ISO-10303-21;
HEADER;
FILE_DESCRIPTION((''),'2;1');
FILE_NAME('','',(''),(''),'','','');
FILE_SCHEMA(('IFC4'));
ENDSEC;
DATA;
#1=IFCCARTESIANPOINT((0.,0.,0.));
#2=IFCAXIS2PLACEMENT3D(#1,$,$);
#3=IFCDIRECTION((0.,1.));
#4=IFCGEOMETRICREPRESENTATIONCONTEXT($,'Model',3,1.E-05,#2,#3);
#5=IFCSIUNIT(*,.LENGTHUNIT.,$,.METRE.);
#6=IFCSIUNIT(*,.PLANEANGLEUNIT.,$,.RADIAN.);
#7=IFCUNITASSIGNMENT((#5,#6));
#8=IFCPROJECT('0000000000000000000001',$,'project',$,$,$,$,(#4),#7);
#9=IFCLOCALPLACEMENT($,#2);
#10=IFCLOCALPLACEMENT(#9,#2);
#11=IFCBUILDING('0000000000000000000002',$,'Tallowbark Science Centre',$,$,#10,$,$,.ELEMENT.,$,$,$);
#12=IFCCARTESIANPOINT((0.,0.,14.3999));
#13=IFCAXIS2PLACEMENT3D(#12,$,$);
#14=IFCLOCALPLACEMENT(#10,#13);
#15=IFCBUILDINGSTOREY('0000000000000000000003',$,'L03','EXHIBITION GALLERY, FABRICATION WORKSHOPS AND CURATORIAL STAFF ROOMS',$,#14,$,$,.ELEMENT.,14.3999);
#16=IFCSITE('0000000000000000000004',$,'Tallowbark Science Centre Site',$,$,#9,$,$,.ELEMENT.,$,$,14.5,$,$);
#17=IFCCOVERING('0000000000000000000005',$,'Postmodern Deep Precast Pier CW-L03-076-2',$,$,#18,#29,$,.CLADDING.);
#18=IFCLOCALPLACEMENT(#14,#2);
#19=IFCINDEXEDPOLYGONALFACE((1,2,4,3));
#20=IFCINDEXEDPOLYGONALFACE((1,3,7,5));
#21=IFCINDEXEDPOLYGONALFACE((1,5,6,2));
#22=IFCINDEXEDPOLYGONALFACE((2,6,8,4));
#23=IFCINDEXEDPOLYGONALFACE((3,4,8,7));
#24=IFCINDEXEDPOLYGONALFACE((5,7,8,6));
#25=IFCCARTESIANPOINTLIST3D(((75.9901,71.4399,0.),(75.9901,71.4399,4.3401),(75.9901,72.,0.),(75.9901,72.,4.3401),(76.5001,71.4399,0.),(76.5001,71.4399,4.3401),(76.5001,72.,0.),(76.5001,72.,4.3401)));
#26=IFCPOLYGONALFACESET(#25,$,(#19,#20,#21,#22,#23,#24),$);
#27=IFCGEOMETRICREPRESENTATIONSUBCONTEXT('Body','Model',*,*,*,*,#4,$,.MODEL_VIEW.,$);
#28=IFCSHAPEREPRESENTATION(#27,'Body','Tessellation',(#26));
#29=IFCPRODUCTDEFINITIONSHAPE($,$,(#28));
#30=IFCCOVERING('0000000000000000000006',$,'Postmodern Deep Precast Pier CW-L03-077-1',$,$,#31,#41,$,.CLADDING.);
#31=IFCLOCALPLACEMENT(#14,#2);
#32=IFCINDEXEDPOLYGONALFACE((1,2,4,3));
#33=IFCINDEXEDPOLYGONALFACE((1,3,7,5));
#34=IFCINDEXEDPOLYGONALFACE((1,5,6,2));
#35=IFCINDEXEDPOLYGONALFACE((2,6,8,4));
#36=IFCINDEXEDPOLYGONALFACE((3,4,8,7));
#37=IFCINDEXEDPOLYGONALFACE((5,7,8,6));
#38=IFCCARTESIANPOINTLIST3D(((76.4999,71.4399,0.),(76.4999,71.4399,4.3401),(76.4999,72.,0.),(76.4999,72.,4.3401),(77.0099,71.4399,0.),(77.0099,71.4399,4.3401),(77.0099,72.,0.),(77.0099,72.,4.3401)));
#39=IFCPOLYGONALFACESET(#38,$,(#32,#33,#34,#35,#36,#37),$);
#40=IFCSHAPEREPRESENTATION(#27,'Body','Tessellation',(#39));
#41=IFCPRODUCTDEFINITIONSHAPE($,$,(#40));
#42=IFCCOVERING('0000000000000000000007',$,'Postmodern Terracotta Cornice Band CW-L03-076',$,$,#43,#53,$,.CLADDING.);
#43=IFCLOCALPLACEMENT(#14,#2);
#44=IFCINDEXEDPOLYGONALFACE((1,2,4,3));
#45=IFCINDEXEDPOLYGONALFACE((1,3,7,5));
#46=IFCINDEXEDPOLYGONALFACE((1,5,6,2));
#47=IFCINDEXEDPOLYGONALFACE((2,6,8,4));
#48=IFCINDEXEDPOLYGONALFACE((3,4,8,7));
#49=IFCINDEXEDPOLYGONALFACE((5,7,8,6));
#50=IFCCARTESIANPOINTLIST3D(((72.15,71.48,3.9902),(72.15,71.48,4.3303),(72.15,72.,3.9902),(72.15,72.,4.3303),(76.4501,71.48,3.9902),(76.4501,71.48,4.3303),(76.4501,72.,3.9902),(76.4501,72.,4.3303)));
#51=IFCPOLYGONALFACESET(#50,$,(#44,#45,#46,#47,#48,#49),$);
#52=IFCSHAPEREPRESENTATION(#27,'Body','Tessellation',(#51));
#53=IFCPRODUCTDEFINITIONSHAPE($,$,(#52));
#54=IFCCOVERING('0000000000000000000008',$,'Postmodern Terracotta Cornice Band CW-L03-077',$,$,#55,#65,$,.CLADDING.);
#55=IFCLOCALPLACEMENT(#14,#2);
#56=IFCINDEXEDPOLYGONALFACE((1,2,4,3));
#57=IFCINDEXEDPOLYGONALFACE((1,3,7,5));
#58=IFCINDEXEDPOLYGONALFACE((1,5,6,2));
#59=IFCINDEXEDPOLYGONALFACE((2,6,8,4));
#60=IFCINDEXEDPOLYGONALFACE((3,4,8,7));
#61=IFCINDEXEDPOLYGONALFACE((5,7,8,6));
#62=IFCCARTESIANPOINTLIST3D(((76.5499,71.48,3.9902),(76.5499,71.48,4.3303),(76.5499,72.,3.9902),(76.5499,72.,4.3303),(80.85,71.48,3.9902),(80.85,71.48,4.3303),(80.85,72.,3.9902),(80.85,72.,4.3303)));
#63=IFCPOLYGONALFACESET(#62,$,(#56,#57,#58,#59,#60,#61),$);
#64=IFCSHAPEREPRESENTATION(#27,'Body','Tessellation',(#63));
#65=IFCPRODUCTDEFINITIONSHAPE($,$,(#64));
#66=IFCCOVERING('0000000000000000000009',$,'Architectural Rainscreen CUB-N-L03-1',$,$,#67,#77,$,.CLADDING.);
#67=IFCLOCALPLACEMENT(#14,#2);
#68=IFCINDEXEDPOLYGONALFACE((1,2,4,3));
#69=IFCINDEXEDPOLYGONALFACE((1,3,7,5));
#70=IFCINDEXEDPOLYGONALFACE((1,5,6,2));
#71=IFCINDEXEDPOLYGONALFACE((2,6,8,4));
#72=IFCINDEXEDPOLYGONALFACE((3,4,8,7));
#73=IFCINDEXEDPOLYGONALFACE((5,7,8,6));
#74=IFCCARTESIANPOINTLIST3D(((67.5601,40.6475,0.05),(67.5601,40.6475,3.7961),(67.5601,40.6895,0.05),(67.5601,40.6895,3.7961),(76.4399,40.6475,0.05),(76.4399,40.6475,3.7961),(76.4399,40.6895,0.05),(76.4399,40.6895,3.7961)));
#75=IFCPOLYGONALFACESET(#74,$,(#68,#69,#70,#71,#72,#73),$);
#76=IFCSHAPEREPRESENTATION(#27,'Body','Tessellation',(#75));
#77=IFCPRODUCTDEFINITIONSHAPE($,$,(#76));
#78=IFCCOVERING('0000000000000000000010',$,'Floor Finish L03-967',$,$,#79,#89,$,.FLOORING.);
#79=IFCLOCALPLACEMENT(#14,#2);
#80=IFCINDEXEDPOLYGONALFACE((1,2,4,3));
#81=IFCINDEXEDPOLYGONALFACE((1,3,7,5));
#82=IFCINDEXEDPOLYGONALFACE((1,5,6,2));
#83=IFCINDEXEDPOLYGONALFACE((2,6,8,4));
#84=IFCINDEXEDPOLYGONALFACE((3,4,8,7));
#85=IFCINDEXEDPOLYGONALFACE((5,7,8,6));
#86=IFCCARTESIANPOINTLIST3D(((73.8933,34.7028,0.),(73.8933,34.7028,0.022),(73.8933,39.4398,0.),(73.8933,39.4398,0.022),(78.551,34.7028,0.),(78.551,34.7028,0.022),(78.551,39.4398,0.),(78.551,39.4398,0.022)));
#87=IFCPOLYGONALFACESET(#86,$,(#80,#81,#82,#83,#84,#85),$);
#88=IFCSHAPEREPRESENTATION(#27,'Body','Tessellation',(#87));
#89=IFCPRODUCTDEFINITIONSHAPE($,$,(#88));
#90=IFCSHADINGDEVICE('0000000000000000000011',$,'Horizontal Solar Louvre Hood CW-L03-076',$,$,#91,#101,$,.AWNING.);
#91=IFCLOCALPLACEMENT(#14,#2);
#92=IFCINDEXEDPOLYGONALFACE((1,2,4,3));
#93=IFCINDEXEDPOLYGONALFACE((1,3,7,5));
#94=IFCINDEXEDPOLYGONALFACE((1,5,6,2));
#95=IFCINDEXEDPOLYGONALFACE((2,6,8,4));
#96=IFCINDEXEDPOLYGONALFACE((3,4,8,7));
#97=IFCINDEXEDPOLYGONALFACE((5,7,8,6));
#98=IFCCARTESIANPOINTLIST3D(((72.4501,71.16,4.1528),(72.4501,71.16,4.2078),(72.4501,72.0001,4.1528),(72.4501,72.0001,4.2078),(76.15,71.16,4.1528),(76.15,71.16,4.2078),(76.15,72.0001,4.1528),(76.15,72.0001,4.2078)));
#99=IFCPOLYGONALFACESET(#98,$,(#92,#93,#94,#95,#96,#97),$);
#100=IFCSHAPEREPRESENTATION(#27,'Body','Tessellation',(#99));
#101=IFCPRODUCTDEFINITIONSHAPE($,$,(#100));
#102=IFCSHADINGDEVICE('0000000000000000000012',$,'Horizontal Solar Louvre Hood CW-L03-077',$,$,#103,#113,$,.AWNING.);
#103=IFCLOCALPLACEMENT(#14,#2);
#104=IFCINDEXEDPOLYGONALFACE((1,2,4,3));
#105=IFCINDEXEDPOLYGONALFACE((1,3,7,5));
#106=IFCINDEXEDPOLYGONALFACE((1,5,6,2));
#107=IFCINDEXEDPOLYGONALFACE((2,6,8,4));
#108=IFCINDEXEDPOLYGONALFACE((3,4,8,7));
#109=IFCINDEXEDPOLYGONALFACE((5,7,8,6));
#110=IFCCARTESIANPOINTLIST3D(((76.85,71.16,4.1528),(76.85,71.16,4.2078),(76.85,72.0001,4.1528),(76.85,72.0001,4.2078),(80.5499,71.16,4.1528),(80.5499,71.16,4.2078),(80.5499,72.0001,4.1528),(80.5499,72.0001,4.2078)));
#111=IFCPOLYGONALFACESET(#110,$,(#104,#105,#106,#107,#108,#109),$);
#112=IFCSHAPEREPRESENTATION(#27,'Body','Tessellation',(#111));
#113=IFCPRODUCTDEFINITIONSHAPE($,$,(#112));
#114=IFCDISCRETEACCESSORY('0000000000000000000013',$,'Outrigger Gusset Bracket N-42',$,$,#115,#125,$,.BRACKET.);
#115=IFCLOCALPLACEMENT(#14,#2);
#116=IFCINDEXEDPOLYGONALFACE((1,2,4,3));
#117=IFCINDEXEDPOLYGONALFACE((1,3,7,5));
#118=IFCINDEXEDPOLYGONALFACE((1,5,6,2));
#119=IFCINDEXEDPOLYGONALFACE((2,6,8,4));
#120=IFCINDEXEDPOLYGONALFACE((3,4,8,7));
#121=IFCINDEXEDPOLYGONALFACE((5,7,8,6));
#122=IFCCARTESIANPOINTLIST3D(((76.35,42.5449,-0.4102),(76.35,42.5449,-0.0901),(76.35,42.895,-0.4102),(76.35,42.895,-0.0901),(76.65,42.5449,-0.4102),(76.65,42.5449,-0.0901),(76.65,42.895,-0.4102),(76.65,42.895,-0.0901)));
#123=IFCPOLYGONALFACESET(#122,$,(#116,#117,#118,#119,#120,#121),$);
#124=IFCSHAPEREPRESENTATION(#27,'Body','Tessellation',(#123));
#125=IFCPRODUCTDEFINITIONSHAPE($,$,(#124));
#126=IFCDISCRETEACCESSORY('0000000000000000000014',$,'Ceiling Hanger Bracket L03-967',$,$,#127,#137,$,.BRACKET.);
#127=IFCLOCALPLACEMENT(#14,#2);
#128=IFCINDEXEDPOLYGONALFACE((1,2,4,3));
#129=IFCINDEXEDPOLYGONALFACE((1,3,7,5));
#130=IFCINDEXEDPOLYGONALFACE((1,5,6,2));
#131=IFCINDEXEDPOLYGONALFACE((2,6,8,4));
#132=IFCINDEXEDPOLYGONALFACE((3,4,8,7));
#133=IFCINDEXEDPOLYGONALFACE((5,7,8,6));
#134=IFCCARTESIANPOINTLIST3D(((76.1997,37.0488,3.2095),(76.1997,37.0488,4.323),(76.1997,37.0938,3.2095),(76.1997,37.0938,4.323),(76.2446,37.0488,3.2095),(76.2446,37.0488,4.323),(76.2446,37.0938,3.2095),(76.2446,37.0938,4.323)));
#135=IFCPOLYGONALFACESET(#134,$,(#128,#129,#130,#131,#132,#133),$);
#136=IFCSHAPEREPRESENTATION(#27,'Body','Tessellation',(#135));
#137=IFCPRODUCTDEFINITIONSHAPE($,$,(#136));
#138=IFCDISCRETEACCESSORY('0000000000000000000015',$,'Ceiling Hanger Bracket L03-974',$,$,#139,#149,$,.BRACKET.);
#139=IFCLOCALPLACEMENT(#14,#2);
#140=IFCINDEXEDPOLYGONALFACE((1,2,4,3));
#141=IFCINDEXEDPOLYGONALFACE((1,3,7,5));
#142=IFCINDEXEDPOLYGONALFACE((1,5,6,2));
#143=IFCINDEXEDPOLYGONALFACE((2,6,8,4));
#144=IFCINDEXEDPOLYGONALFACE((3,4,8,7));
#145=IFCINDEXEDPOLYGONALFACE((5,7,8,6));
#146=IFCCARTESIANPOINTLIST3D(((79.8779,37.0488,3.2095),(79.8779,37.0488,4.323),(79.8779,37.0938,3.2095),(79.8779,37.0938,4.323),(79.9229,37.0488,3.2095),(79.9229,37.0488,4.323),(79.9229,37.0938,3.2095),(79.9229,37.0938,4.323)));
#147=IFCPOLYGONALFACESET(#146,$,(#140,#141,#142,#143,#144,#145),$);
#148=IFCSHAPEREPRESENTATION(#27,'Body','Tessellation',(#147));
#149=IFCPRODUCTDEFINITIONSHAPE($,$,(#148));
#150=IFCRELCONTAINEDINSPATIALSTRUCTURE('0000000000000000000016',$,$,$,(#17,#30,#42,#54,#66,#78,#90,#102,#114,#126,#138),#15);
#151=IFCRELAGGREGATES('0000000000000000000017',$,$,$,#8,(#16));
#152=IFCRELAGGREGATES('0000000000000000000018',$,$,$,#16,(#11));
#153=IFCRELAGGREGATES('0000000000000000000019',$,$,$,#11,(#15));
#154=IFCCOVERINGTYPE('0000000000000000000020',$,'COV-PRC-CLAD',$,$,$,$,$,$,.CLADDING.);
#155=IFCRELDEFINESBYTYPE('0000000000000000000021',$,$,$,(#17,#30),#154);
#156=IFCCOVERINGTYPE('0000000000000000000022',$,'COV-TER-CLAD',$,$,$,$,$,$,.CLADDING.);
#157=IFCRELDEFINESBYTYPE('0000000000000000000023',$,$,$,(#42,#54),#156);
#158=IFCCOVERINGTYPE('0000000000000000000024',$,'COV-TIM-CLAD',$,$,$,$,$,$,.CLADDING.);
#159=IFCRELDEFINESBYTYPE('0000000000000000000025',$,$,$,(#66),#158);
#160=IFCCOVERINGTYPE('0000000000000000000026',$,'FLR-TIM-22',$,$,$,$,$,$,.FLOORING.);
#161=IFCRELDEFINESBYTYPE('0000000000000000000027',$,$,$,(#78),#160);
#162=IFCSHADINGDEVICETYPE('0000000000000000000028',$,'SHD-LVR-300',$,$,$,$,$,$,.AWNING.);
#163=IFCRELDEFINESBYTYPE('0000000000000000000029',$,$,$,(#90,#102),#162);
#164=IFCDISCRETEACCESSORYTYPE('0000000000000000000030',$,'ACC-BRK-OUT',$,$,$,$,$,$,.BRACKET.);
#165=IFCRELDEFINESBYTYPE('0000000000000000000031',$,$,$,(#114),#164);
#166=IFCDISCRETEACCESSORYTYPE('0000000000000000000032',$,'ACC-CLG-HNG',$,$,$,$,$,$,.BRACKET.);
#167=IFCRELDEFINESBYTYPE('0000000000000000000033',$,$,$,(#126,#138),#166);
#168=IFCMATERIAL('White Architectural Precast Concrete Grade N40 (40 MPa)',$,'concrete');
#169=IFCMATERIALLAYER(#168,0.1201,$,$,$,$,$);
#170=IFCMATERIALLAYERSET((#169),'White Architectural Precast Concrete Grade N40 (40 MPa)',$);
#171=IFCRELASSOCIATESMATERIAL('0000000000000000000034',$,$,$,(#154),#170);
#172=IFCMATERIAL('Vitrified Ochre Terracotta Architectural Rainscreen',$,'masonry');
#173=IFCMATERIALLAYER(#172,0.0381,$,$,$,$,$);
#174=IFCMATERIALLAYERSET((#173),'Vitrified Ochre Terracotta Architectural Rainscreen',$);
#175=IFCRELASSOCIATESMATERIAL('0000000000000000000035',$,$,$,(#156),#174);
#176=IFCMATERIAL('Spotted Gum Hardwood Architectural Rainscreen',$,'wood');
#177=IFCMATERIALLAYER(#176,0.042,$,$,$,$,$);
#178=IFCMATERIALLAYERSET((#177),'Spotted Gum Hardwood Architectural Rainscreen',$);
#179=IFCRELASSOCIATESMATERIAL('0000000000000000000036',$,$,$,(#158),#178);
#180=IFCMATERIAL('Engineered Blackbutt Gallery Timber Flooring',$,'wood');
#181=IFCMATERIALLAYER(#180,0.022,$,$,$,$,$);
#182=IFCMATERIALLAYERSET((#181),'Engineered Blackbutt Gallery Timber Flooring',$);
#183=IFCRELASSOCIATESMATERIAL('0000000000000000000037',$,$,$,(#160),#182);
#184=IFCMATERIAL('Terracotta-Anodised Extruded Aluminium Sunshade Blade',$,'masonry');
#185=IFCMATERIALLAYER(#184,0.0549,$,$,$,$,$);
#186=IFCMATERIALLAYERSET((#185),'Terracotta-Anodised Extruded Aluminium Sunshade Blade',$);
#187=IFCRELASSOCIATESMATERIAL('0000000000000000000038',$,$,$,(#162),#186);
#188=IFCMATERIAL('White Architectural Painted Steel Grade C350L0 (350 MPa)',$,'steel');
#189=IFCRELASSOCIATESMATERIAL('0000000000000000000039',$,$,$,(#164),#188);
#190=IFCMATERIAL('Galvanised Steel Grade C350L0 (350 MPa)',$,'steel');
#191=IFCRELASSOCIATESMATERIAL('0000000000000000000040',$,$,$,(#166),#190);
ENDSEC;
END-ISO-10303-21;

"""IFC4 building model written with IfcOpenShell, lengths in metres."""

from ifc_helpers import new_model, si_unit, direction, frame, origin, origin_2d, place, context, subcontext, project, spatial, rectangle, extrude, material, layer, layer_set, type_object, element, save


model = new_model("IFC4")

# Units and contexts
model_context = context("Model", 3, precision=1e-05, world=origin(), true_north=direction((0.0, 1.0)))
body_context = subcontext(model_context, "Body", "Model", "MODEL_VIEW")
ifc_project = project(units=[si_unit("LENGTHUNIT", "METRE"), si_unit("PLANEANGLEUNIT", "RADIAN")], contexts=[model_context])

# Site, building, storey
site_placement = place(None, origin())
site = spatial("IfcSite", under=ifc_project, at=site_placement, Name="Tallowbark Science Centre Site", CompositionType="ELEMENT", RefElevation=14.5)
building_placement = place(site_placement, origin())
building = spatial("IfcBuilding", under=site, at=building_placement, Name="Tallowbark Science Centre", CompositionType="ELEMENT")
storey_placement = place(building_placement, frame((0.0, 0.0, 14.3999)))
storey = spatial("IfcBuildingStorey", under=building, at=storey_placement, Name="L03", Description="EXHIBITION GALLERY, FABRICATION WORKSHOPS AND CURATORIAL STAFF ROOMS", CompositionType="ELEMENT", Elevation=14.3999)

# Shared definitions
ifc_material_1 = material(Name="White Architectural Painted Steel Grade C350L0 (350 MPa)", Category="steel")

# Coverings
ifc_material_2 = material(Name="White Architectural Precast Concrete Grade N40 (40 MPa)", Category="concrete")
ifc_layer_1 = layer(ifc_material_2, 0.1201)
ifc_layer_set_1 = layer_set([ifc_layer_1], Name="White Architectural Precast Concrete Grade N40 (40 MPa)")
covering_type_1 = type_object("IfcCoveringType", Name="COV-PRC-CLAD", PredefinedType="CLADDING", material=ifc_layer_set_1)
for number, where, z_axis, x_axis, name in (
    (1, (76.2451, 71.72, 0.0), (0.0, 0.0, 1.0), (1.0, 0.0, 0.0), "Postmodern Deep Precast Pier CW-L03-076-2"),
    (2, (76.7549, 71.72, 0.0), (0.0, 0.0, 1.0), (1.0, 0.0, 0.0), "Postmodern Deep Precast Pier CW-L03-077-1"),
):
    element("IfcCovering", number, at=place(storey_placement, frame(where, z_axis=z_axis, x_axis=x_axis)), inside=storey, type_object=covering_type_1, Name=name, PredefinedType="CLADDING", context=body_context, shape_type="SweptSolid", body=[
        extrude(rectangle(XDim=0.51, YDim=0.5601, at=origin_2d()), origin(), (0.0, 0.0, 1.0), 4.3401),
    ])
ifc_material_3 = material(Name="Vitrified Ochre Terracotta Architectural Rainscreen", Category="masonry")
ifc_layer_2 = layer(ifc_material_3, 0.0381)
ifc_layer_set_2 = layer_set([ifc_layer_2], Name="Vitrified Ochre Terracotta Architectural Rainscreen")
covering_type_2 = type_object("IfcCoveringType", Name="COV-TER-CLAD", PredefinedType="CLADDING", material=ifc_layer_set_2)
for number, where, z_axis, x_axis, name in (
    (3, (74.3, 71.74, 3.9902), (0.0, 0.0, 1.0), (1.0, 0.0, 0.0), "Postmodern Terracotta Cornice Band CW-L03-076"),
    (4, (78.7, 71.74, 3.9902), (0.0, 0.0, 1.0), (1.0, 0.0, 0.0), "Postmodern Terracotta Cornice Band CW-L03-077"),
):
    element("IfcCovering", number, at=place(storey_placement, frame(where, z_axis=z_axis, x_axis=x_axis)), inside=storey, type_object=covering_type_2, Name=name, PredefinedType="CLADDING", context=body_context, shape_type="SweptSolid", body=[
        extrude(rectangle(XDim=4.3, YDim=0.52, at=origin_2d()), origin(), (0.0, 0.0, 1.0), 0.3401),
    ])
ifc_material_4 = material(Name="Spotted Gum Hardwood Architectural Rainscreen", Category="wood")
ifc_layer_3 = layer(ifc_material_4, 0.042)
ifc_layer_set_3 = layer_set([ifc_layer_3], Name="Spotted Gum Hardwood Architectural Rainscreen")
covering_type_3 = type_object("IfcCoveringType", Name="COV-TIM-CLAD", PredefinedType="CLADDING", material=ifc_layer_set_3)
covering_1_placement = place(storey_placement, frame((72.0, 40.6685, 0.05), z_axis=(0.0, 0.0, 1.0), x_axis=(-1.0, 0.0, 0.0)))
element("IfcCovering", 5, at=covering_1_placement, inside=storey, type_object=covering_type_3, Name="Architectural Rainscreen CUB-N-L03-1", PredefinedType="CLADDING", context=body_context, shape_type="SweptSolid", body=[
    extrude(rectangle(XDim=8.8799, YDim=0.042, at=origin_2d()), origin(), (0.0, 0.0, 1.0), 3.7461),
])
ifc_material_5 = material(Name="Engineered Blackbutt Gallery Timber Flooring", Category="wood")
ifc_layer_4 = layer(ifc_material_5, 0.022)
ifc_layer_set_4 = layer_set([ifc_layer_4], Name="Engineered Blackbutt Gallery Timber Flooring")
covering_type_4 = type_object("IfcCoveringType", Name="FLR-TIM-22", PredefinedType="FLOORING", material=ifc_layer_set_4)
covering_2_placement = place(storey_placement, frame((76.2222, 37.0713, 0.0), z_axis=(0.0, 0.0, 1.0), x_axis=(1.0, 0.0, 0.0)))
element("IfcCovering", 6, at=covering_2_placement, inside=storey, type_object=covering_type_4, Name="Floor Finish L03-967", PredefinedType="FLOORING", context=body_context, shape_type="SweptSolid", body=[
    extrude(rectangle(XDim=4.6577, YDim=4.7371, at=origin_2d()), origin(), (0.0, 0.0, 1.0), 0.022),
])

# Shading devices
ifc_material_6 = material(Name="Terracotta-Anodised Extruded Aluminium Sunshade Blade", Category="masonry")
ifc_layer_5 = layer(ifc_material_6, 0.0549)
ifc_layer_set_5 = layer_set([ifc_layer_5], Name="Terracotta-Anodised Extruded Aluminium Sunshade Blade")
shading_device_type = type_object("IfcShadingDeviceType", Name="SHD-LVR-300", PredefinedType="AWNING", material=ifc_layer_set_5)
for number, where, z_axis, x_axis, name in (
    (7, (74.3, 71.5801, 4.1528), (0.0, 0.0, 1.0), (1.0, 0.0, 0.0), "Horizontal Solar Louvre Hood CW-L03-076"),
    (8, (78.7, 71.5801, 4.1528), (0.0, 0.0, 1.0), (1.0, 0.0, 0.0), "Horizontal Solar Louvre Hood CW-L03-077"),
):
    element("IfcShadingDevice", number, at=place(storey_placement, frame(where, z_axis=z_axis, x_axis=x_axis)), inside=storey, type_object=shading_device_type, Name=name, PredefinedType="AWNING", context=body_context, shape_type="SweptSolid", body=[
        extrude(rectangle(XDim=3.7, YDim=0.8401, at=origin_2d()), origin(), (0.0, 0.0, 1.0), 0.0549),
    ])

# Discrete accessories
discrete_accessory_type_1 = type_object("IfcDiscreteAccessoryType", Name="ACC-BRK-OUT", PredefinedType="BRACKET", material=ifc_material_1)
discrete_accessory_placement = place(storey_placement, frame((76.5, 42.72, -0.4102), z_axis=(0.0, 0.0, 1.0), x_axis=(1.0, 0.0, 0.0)))
element("IfcDiscreteAccessory", 9, at=discrete_accessory_placement, inside=storey, type_object=discrete_accessory_type_1, Name="Outrigger Gusset Bracket N-42", PredefinedType="BRACKET", context=body_context, shape_type="SweptSolid", body=[
    extrude(rectangle(XDim=0.3, YDim=0.3501, at=origin_2d()), origin(), (0.0, 0.0, 1.0), 0.3201),
])
ifc_material_7 = material(Name="Galvanised Steel Grade C350L0 (350 MPa)", Category="steel")
discrete_accessory_type_2 = type_object("IfcDiscreteAccessoryType", Name="ACC-CLG-HNG", PredefinedType="BRACKET", material=ifc_material_7)
for number, where, z_axis, x_axis, name in (
    (10, (76.2222, 37.0713, 3.2095), (0.0, 0.0, 1.0), (1.0, 0.0, 0.0), "Ceiling Hanger Bracket L03-967"),
    (11, (79.9004, 37.0713, 3.2095), (0.0, 0.0, 1.0), (1.0, 0.0, 0.0), "Ceiling Hanger Bracket L03-974"),
):
    element("IfcDiscreteAccessory", number, at=place(storey_placement, frame(where, z_axis=z_axis, x_axis=x_axis)), inside=storey, type_object=discrete_accessory_type_2, Name=name, PredefinedType="BRACKET", context=body_context, shape_type="SweptSolid", body=[
        extrude(rectangle(XDim=0.0449, YDim=0.0449, at=origin_2d()), origin(), (0.0, 0.0, 1.0), 1.1135),
    ])

save(model, "model.ifc")
